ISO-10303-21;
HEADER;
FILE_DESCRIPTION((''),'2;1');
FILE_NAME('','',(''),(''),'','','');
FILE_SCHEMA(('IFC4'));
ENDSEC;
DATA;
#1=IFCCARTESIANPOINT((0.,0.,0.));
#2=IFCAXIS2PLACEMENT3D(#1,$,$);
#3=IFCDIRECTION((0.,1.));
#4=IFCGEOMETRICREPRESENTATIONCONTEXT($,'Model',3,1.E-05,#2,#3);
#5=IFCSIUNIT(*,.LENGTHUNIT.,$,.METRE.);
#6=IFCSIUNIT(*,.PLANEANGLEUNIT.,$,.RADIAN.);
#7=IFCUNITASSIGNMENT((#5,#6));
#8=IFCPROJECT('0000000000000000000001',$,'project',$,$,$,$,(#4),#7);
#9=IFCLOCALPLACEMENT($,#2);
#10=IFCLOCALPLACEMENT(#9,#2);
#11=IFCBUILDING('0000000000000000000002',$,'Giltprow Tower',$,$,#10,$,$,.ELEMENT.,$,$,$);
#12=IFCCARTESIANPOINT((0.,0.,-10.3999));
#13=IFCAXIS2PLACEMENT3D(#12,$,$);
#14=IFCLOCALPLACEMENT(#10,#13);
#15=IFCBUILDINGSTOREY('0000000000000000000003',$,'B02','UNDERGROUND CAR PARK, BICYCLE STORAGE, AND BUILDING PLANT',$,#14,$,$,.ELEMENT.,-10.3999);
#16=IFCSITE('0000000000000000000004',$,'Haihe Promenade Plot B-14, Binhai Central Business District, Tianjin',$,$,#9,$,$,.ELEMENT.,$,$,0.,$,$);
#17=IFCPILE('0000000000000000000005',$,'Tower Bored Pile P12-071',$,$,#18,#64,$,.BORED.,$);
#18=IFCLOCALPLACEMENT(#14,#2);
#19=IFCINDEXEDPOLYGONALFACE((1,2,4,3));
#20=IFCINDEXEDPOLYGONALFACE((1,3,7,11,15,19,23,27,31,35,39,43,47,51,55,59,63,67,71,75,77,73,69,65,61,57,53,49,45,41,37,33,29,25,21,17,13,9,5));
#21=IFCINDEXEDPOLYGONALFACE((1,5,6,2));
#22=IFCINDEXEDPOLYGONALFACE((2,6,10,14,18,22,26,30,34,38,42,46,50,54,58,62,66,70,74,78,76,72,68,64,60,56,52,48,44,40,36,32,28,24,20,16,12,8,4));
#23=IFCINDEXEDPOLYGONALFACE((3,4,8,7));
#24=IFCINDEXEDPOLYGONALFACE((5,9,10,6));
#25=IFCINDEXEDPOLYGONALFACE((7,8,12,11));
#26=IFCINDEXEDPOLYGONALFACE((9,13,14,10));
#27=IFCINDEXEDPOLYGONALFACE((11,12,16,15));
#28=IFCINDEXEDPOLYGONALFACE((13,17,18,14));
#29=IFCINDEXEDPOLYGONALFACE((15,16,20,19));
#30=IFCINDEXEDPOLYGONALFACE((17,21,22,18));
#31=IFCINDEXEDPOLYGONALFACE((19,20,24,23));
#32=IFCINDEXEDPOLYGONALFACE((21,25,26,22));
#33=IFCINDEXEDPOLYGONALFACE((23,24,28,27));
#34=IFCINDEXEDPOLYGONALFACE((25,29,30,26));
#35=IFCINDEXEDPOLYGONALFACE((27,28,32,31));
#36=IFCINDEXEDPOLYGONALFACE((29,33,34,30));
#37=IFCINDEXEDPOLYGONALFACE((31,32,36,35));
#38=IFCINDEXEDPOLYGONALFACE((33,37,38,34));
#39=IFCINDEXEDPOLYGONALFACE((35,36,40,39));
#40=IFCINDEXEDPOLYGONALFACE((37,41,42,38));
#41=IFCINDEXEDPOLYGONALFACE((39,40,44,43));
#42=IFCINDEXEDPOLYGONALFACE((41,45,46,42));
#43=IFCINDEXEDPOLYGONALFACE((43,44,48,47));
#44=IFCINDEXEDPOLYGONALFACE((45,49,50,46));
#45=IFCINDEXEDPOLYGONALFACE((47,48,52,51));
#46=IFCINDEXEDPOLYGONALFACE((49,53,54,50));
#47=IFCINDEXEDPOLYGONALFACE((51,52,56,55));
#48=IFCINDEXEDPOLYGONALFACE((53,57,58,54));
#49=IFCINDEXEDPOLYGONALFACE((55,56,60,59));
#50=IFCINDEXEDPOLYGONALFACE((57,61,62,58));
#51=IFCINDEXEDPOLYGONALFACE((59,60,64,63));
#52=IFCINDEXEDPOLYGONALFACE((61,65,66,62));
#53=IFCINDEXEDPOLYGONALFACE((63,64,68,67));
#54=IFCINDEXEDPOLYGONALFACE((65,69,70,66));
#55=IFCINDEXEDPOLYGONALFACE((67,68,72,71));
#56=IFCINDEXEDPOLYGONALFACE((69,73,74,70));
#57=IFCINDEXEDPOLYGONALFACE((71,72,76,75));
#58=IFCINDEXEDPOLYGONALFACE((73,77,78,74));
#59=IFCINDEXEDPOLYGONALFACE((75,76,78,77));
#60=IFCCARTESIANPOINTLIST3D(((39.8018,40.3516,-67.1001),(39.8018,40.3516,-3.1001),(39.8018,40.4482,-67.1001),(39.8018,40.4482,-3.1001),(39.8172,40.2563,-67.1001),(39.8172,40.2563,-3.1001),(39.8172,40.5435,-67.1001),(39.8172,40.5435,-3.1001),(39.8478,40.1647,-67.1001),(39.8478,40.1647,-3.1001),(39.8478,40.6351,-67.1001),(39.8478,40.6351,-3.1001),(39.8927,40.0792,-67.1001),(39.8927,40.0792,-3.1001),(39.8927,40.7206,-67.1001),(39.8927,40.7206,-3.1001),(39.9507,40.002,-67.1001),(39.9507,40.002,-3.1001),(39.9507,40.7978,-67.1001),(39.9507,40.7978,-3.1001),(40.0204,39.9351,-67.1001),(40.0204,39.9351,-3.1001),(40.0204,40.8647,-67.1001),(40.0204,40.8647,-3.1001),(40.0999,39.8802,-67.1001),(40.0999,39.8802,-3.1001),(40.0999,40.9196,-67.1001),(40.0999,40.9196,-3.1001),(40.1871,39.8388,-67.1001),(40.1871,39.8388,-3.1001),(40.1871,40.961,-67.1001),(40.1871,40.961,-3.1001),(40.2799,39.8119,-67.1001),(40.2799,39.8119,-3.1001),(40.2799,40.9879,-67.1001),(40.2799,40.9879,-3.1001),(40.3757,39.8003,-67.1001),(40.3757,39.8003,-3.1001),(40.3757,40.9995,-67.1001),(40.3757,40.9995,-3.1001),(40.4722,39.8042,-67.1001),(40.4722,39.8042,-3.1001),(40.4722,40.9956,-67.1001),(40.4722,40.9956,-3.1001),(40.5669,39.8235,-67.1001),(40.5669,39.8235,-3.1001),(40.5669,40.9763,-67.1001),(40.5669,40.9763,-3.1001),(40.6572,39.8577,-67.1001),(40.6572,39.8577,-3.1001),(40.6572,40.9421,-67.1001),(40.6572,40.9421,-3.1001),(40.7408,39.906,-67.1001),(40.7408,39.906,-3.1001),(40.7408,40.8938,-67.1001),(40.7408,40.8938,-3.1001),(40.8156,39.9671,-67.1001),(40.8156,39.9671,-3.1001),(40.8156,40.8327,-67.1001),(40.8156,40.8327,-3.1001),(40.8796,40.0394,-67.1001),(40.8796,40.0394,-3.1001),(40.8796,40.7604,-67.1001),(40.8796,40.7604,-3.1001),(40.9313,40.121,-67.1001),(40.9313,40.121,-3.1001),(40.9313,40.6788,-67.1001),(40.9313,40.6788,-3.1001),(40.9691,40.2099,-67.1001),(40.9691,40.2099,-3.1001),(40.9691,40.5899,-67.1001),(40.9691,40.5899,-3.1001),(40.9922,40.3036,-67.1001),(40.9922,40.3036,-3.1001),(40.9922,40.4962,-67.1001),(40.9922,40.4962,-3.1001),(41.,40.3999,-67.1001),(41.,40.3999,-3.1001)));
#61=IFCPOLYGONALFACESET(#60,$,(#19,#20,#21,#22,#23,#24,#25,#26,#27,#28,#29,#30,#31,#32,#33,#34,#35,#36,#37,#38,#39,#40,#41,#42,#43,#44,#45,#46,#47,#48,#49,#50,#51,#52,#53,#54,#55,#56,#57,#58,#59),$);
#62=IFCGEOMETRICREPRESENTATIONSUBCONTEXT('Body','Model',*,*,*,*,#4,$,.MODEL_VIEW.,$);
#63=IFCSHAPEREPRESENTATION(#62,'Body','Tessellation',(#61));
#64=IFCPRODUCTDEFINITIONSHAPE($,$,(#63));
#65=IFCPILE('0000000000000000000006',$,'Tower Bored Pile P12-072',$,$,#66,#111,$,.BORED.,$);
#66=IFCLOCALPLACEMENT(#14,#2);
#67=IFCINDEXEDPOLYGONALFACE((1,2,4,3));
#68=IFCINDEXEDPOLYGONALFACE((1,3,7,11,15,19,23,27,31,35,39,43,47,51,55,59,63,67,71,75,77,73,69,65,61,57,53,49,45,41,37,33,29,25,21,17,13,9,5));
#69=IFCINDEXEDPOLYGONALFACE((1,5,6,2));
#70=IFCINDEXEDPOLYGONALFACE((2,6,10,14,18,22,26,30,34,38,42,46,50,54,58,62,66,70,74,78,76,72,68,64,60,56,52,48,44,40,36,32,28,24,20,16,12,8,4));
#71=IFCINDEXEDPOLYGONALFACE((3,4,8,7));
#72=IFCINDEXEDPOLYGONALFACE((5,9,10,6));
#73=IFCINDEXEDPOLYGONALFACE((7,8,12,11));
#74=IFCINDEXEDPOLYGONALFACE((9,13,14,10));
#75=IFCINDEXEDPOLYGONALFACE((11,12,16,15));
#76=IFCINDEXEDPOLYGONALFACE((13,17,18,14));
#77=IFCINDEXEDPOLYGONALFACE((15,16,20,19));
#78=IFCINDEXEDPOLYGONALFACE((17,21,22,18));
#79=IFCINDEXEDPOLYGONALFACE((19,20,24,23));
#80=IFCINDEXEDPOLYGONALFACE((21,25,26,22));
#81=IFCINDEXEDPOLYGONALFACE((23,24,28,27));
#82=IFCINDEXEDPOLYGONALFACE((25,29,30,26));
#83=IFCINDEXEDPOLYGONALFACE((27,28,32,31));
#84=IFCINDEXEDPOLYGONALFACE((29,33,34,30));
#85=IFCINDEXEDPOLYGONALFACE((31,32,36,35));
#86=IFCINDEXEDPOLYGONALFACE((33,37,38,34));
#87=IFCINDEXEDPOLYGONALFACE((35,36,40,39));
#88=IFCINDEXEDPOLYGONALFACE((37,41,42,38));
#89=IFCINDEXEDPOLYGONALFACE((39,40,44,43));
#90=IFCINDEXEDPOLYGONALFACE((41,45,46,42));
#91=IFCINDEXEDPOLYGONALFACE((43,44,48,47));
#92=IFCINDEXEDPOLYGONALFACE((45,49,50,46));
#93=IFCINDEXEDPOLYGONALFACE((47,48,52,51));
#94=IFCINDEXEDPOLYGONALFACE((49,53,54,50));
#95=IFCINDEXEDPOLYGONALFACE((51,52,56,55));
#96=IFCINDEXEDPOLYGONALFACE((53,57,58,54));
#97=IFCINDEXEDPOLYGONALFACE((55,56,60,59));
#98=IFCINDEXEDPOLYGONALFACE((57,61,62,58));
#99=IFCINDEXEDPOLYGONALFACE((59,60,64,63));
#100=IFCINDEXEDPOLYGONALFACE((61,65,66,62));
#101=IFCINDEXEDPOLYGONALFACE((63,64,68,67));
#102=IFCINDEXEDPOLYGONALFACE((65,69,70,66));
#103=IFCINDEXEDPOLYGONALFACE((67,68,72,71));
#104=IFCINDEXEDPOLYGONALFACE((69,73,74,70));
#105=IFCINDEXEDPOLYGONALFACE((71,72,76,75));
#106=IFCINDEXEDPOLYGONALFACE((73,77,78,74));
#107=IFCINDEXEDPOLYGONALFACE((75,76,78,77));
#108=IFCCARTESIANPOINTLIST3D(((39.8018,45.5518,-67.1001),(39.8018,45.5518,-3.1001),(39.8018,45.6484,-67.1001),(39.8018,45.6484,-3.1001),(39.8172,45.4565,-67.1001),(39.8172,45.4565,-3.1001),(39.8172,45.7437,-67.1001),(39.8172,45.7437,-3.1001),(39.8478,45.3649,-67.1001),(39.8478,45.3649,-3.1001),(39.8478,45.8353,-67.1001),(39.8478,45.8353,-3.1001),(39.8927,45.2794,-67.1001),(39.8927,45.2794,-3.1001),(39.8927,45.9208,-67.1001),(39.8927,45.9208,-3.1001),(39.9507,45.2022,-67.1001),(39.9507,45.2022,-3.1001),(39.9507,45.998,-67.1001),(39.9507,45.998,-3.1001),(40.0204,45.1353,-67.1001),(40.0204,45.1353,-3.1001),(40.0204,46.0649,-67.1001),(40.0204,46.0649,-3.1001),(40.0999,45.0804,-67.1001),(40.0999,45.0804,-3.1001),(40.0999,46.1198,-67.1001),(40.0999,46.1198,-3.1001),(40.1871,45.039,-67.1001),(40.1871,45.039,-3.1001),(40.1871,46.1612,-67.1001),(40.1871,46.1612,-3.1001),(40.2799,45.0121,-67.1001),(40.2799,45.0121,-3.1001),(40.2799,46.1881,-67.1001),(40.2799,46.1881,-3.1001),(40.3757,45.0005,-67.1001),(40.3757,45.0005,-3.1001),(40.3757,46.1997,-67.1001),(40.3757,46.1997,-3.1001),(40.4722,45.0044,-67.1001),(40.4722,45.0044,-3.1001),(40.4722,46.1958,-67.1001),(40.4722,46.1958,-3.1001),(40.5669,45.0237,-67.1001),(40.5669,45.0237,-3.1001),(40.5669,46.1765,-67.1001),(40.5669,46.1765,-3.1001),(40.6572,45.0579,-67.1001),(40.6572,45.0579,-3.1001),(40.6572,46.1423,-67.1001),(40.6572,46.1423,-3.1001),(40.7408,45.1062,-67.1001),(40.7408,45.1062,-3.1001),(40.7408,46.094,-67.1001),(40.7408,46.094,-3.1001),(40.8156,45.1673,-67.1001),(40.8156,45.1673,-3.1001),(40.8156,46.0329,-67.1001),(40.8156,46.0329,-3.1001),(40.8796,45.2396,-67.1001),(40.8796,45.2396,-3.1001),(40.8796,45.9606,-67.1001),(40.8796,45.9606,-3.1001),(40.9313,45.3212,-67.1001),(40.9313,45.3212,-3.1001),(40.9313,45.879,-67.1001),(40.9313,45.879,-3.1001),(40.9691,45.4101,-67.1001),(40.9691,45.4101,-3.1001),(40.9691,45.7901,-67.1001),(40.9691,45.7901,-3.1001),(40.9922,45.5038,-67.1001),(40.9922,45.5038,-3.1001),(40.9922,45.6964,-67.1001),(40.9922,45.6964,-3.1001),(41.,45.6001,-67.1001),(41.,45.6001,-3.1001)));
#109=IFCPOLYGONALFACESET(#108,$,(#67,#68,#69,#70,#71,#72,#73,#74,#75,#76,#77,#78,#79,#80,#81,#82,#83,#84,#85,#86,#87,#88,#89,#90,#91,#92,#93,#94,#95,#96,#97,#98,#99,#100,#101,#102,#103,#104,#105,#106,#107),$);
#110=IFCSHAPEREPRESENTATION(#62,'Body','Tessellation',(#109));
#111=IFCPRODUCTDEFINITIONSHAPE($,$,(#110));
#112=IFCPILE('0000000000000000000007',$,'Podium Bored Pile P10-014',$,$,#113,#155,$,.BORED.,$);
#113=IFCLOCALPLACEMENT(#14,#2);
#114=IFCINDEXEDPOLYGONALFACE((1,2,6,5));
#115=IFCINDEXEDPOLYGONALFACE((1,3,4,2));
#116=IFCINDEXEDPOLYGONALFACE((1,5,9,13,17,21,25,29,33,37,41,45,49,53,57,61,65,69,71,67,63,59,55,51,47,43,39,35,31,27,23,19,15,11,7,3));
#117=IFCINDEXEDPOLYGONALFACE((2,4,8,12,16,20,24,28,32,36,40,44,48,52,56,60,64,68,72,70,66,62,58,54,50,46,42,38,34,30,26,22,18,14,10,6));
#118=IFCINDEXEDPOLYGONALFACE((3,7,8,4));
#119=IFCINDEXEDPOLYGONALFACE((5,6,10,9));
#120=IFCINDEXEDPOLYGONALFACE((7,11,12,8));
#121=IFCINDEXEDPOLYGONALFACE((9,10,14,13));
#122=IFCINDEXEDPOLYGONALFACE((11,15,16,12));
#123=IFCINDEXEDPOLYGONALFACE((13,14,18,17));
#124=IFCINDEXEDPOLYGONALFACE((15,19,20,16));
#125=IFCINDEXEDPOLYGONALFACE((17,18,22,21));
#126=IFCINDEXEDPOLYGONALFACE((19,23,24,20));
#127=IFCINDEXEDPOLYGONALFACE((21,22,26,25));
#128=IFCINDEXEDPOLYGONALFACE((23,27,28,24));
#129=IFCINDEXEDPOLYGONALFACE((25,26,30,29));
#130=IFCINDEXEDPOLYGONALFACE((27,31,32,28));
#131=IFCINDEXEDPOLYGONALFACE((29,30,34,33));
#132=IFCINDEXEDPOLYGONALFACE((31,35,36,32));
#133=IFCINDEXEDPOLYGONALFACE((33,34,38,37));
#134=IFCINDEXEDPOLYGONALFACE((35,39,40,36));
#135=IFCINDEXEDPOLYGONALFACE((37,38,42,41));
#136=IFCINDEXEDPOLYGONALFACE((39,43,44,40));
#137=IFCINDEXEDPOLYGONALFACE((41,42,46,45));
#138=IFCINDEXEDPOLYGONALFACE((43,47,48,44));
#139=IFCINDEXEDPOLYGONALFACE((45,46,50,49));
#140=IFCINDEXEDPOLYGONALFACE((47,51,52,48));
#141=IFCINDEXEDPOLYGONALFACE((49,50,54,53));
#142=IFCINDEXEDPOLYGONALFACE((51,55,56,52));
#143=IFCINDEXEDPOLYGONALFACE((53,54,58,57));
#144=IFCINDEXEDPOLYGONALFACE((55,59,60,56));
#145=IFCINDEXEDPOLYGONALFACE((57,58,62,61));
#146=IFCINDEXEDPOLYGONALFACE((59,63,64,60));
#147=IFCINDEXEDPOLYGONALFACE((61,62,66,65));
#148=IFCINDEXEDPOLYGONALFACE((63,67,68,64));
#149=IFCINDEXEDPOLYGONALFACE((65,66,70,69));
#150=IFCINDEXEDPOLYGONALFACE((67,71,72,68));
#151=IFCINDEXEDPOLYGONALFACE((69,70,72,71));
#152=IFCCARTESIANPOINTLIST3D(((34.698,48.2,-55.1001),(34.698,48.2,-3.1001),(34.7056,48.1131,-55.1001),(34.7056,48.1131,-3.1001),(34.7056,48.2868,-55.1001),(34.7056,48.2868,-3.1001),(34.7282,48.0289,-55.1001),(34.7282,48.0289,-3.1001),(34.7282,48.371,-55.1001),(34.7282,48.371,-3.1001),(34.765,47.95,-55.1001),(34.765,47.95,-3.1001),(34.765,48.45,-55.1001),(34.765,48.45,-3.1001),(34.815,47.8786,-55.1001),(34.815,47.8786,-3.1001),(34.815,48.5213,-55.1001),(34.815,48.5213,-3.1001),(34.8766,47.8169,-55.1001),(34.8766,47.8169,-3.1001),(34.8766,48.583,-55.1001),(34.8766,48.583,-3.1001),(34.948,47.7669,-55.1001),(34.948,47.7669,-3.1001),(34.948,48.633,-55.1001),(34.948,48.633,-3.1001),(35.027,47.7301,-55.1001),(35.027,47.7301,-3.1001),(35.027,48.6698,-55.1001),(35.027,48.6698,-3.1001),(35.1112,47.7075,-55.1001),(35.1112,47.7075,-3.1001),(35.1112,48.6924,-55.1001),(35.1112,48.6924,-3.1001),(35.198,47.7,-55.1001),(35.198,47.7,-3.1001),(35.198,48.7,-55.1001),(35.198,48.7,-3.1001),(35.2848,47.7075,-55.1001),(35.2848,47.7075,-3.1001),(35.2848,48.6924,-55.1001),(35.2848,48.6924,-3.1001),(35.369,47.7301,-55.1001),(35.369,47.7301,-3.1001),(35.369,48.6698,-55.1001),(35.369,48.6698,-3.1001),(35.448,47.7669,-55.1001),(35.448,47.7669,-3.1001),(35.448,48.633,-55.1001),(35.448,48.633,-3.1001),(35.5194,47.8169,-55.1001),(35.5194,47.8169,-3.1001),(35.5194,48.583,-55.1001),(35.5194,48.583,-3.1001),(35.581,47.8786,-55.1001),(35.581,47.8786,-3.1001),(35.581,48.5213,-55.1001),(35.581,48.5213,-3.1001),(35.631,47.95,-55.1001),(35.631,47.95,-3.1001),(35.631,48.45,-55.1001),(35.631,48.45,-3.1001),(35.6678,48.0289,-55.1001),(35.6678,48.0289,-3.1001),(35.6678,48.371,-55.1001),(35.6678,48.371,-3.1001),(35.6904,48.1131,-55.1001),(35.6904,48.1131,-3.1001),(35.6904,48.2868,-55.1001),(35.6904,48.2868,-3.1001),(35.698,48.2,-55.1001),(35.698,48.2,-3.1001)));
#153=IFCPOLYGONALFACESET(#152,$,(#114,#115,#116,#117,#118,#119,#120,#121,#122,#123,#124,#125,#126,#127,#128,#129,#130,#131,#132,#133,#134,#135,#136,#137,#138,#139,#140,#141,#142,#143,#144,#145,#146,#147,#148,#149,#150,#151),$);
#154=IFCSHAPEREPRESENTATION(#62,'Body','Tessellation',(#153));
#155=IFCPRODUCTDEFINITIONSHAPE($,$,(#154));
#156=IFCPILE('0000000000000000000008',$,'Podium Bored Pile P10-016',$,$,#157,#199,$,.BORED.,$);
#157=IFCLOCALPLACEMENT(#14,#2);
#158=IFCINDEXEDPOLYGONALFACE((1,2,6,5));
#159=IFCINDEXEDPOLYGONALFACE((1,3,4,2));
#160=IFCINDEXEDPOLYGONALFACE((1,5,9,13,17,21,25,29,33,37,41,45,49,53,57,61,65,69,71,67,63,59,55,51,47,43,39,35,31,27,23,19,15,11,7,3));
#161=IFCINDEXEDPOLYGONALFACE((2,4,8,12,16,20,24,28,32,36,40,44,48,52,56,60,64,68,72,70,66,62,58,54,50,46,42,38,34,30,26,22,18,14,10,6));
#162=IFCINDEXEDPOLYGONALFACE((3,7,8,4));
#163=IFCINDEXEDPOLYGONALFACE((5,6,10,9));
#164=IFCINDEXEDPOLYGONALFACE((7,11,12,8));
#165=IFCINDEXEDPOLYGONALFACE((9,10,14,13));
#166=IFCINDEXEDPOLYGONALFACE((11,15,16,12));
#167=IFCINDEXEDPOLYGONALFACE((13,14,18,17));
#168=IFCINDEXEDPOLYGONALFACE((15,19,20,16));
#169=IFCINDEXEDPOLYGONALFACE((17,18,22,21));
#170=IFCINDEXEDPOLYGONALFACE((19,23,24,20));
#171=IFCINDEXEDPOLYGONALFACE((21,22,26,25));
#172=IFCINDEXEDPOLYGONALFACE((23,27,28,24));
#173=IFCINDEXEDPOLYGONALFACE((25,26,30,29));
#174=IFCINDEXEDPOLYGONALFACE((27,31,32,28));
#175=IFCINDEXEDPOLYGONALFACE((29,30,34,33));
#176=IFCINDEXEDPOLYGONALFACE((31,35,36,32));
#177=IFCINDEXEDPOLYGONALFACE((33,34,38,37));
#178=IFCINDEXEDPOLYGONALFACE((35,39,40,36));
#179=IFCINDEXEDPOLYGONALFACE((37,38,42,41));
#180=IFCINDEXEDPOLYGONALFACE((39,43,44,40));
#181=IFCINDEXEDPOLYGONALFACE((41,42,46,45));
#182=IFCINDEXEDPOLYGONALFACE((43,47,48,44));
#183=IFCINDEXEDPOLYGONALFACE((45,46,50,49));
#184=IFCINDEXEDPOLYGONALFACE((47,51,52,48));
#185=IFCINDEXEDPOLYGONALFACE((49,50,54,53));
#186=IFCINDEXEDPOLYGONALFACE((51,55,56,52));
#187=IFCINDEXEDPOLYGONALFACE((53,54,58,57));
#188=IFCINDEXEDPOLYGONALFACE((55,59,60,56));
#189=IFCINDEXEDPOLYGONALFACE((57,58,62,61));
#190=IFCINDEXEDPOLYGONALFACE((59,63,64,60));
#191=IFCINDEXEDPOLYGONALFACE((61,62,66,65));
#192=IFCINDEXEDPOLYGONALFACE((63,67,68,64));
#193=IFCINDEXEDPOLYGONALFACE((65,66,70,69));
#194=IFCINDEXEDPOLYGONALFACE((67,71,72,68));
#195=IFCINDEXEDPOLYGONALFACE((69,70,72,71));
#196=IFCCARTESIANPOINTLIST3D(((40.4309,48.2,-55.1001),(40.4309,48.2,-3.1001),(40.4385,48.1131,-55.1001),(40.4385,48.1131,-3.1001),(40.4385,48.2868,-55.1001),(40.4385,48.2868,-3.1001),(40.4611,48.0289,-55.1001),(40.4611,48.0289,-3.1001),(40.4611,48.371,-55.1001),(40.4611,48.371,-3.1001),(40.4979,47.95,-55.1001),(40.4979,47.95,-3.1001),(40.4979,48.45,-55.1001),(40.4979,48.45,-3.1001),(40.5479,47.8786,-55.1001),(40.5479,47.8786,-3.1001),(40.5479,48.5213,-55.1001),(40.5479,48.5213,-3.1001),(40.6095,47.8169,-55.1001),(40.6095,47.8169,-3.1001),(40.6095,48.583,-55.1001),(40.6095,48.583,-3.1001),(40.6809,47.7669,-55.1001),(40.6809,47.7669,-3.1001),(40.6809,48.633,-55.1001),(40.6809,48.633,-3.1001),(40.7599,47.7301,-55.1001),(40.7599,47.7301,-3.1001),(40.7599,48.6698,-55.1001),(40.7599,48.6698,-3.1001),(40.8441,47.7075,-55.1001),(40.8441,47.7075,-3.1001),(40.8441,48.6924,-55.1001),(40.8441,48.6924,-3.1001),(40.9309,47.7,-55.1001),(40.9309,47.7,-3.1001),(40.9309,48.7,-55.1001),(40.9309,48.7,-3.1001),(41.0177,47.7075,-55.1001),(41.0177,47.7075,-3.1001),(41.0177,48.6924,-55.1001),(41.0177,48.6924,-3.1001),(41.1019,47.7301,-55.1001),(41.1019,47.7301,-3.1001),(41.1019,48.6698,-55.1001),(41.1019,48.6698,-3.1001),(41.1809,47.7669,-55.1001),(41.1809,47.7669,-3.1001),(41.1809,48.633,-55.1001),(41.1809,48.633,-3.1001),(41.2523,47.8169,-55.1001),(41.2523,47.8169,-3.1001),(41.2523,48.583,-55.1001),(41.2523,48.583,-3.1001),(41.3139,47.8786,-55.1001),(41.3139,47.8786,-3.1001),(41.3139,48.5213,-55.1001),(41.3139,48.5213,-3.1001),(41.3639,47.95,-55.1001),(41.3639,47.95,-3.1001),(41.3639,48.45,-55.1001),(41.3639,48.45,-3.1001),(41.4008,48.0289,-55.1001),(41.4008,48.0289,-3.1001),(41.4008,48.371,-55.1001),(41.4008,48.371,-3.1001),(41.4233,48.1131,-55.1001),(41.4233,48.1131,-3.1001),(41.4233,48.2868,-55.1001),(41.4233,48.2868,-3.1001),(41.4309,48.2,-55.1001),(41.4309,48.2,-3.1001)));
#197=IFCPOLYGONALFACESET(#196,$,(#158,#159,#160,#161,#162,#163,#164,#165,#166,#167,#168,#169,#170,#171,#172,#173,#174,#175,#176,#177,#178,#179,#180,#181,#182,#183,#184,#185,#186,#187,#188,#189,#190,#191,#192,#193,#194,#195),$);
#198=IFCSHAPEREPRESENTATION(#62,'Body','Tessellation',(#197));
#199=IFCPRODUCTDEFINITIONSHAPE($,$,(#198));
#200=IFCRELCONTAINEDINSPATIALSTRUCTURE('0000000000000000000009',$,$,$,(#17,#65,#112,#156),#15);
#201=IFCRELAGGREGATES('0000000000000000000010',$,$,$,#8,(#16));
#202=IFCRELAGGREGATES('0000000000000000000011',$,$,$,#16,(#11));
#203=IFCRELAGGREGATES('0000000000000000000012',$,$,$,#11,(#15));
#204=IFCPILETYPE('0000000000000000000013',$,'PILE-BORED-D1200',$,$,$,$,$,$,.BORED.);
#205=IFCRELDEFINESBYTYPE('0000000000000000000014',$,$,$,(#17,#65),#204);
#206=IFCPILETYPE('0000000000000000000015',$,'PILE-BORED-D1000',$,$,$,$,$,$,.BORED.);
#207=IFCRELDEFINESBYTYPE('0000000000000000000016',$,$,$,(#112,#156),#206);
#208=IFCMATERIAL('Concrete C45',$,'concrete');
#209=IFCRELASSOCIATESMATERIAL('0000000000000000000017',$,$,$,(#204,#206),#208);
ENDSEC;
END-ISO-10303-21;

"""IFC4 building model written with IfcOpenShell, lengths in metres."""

from ifc_helpers import new_model, si_unit, direction, frame, origin, origin_2d, place, context, subcontext, project, spatial, circle, extrude, source, transform, mapped, material, material_profile, profile_set, type_object, element, save


model = new_model("IFC4")

# Units and contexts
model_context = context("Model", 3, precision=1e-05, world=origin(), true_north=direction((0.0, 1.0)))
body_context = subcontext(model_context, "Body", "Model", "MODEL_VIEW")
ifc_project = project(units=[si_unit("LENGTHUNIT", "METRE"), si_unit("PLANEANGLEUNIT", "RADIAN")], contexts=[model_context])

# Site, building, storey
site_placement = place(None, origin())
site = spatial("IfcSite", under=ifc_project, at=site_placement, Name="Haihe Promenade Plot B-14, Binhai Central Business District, Tianjin", CompositionType="ELEMENT", RefElevation=0.0)
building_placement = place(site_placement, origin())
building = spatial("IfcBuilding", under=site, at=building_placement, Name="Giltprow Tower", CompositionType="ELEMENT")
storey_placement = place(building_placement, frame((0.0, 0.0, -10.3999)))
storey = spatial("IfcBuildingStorey", under=building, at=storey_placement, Name="B02", Description="UNDERGROUND CAR PARK, BICYCLE STORAGE, AND BUILDING PLANT", CompositionType="ELEMENT", Elevation=-10.3999)

# Piles
ifc_material_1 = material(Name="Concrete C45", Category="concrete")
ifc_material_profile_1 = material_profile(ifc_material_1, circle(Radius=0.6001, at=origin_2d()), Name="PILE D1200")
ifc_profile_set_1 = profile_set([ifc_material_profile_1], Name="Concrete C45")
pile_type_1 = type_object("IfcPileType", Name="PILE-BORED-D1200", PredefinedType="BORED", material=ifc_profile_set_1)
shared_shape_1 = source(origin(), body_context, "Body", "SweptSolid", [
    extrude(circle(Radius=0.6001, at=origin_2d()), origin(), (0.0, 0.0, 1.0), 64.0),
])
for number, where, z_axis, x_axis, name in (
    (1, (40.3999, 40.3999, -3.1001), (0.0, 0.0, -1.0), (1.0, 0.0, 0.0), "Tower Bored Pile P12-071"),
    (2, (40.3999, 45.6001, -3.1001), (0.0, 0.0, -1.0), (1.0, 0.0, 0.0), "Tower Bored Pile P12-072"),
):
    element("IfcPile", number, at=place(storey_placement, frame(where, z_axis=z_axis, x_axis=x_axis)), inside=storey, type_object=pile_type_1, Name=name, PredefinedType="BORED", context=body_context, shape_type="MappedRepresentation", body=[
        mapped(shared_shape_1, transform((0.0, 0.0, 0.0), x_axis=(1.0, 0.0, 0.0), y_axis=(0.0, 1.0, 0.0), z_axis=(0.0, 0.0, 1.0), scale=1.0)),
    ])
ifc_material_profile_2 = material_profile(ifc_material_1, circle(Radius=0.5, at=origin_2d()), Name="PILE D1000")
ifc_profile_set_2 = profile_set([ifc_material_profile_2], Name="Concrete C45")
pile_type_2 = type_object("IfcPileType", Name="PILE-BORED-D1000", PredefinedType="BORED", material=ifc_profile_set_2)
shared_shape_2 = source(origin(), body_context, "Body", "SweptSolid", [
    extrude(circle(Radius=0.5, at=origin_2d()), origin(), (0.0, 0.0, 1.0), 52.0),
])
for number, where, z_axis, x_axis, name in (
    (3, (35.198, 48.2, -3.1001), (0.0, 0.0, -1.0), (1.0, 0.0, 0.0), "Podium Bored Pile P10-014"),
    (4, (40.9309, 48.2, -3.1001), (0.0, 0.0, -1.0), (1.0, 0.0, 0.0), "Podium Bored Pile P10-016"),
):
    element("IfcPile", number, at=place(storey_placement, frame(where, z_axis=z_axis, x_axis=x_axis)), inside=storey, type_object=pile_type_2, Name=name, PredefinedType="BORED", context=body_context, shape_type="MappedRepresentation", body=[
        mapped(shared_shape_2, transform((0.0, 0.0, 0.0), x_axis=(1.0, 0.0, 0.0), y_axis=(0.0, 1.0, 0.0), z_axis=(0.0, 0.0, 1.0), scale=1.0)),
    ])

save(model, "model.ifc")
